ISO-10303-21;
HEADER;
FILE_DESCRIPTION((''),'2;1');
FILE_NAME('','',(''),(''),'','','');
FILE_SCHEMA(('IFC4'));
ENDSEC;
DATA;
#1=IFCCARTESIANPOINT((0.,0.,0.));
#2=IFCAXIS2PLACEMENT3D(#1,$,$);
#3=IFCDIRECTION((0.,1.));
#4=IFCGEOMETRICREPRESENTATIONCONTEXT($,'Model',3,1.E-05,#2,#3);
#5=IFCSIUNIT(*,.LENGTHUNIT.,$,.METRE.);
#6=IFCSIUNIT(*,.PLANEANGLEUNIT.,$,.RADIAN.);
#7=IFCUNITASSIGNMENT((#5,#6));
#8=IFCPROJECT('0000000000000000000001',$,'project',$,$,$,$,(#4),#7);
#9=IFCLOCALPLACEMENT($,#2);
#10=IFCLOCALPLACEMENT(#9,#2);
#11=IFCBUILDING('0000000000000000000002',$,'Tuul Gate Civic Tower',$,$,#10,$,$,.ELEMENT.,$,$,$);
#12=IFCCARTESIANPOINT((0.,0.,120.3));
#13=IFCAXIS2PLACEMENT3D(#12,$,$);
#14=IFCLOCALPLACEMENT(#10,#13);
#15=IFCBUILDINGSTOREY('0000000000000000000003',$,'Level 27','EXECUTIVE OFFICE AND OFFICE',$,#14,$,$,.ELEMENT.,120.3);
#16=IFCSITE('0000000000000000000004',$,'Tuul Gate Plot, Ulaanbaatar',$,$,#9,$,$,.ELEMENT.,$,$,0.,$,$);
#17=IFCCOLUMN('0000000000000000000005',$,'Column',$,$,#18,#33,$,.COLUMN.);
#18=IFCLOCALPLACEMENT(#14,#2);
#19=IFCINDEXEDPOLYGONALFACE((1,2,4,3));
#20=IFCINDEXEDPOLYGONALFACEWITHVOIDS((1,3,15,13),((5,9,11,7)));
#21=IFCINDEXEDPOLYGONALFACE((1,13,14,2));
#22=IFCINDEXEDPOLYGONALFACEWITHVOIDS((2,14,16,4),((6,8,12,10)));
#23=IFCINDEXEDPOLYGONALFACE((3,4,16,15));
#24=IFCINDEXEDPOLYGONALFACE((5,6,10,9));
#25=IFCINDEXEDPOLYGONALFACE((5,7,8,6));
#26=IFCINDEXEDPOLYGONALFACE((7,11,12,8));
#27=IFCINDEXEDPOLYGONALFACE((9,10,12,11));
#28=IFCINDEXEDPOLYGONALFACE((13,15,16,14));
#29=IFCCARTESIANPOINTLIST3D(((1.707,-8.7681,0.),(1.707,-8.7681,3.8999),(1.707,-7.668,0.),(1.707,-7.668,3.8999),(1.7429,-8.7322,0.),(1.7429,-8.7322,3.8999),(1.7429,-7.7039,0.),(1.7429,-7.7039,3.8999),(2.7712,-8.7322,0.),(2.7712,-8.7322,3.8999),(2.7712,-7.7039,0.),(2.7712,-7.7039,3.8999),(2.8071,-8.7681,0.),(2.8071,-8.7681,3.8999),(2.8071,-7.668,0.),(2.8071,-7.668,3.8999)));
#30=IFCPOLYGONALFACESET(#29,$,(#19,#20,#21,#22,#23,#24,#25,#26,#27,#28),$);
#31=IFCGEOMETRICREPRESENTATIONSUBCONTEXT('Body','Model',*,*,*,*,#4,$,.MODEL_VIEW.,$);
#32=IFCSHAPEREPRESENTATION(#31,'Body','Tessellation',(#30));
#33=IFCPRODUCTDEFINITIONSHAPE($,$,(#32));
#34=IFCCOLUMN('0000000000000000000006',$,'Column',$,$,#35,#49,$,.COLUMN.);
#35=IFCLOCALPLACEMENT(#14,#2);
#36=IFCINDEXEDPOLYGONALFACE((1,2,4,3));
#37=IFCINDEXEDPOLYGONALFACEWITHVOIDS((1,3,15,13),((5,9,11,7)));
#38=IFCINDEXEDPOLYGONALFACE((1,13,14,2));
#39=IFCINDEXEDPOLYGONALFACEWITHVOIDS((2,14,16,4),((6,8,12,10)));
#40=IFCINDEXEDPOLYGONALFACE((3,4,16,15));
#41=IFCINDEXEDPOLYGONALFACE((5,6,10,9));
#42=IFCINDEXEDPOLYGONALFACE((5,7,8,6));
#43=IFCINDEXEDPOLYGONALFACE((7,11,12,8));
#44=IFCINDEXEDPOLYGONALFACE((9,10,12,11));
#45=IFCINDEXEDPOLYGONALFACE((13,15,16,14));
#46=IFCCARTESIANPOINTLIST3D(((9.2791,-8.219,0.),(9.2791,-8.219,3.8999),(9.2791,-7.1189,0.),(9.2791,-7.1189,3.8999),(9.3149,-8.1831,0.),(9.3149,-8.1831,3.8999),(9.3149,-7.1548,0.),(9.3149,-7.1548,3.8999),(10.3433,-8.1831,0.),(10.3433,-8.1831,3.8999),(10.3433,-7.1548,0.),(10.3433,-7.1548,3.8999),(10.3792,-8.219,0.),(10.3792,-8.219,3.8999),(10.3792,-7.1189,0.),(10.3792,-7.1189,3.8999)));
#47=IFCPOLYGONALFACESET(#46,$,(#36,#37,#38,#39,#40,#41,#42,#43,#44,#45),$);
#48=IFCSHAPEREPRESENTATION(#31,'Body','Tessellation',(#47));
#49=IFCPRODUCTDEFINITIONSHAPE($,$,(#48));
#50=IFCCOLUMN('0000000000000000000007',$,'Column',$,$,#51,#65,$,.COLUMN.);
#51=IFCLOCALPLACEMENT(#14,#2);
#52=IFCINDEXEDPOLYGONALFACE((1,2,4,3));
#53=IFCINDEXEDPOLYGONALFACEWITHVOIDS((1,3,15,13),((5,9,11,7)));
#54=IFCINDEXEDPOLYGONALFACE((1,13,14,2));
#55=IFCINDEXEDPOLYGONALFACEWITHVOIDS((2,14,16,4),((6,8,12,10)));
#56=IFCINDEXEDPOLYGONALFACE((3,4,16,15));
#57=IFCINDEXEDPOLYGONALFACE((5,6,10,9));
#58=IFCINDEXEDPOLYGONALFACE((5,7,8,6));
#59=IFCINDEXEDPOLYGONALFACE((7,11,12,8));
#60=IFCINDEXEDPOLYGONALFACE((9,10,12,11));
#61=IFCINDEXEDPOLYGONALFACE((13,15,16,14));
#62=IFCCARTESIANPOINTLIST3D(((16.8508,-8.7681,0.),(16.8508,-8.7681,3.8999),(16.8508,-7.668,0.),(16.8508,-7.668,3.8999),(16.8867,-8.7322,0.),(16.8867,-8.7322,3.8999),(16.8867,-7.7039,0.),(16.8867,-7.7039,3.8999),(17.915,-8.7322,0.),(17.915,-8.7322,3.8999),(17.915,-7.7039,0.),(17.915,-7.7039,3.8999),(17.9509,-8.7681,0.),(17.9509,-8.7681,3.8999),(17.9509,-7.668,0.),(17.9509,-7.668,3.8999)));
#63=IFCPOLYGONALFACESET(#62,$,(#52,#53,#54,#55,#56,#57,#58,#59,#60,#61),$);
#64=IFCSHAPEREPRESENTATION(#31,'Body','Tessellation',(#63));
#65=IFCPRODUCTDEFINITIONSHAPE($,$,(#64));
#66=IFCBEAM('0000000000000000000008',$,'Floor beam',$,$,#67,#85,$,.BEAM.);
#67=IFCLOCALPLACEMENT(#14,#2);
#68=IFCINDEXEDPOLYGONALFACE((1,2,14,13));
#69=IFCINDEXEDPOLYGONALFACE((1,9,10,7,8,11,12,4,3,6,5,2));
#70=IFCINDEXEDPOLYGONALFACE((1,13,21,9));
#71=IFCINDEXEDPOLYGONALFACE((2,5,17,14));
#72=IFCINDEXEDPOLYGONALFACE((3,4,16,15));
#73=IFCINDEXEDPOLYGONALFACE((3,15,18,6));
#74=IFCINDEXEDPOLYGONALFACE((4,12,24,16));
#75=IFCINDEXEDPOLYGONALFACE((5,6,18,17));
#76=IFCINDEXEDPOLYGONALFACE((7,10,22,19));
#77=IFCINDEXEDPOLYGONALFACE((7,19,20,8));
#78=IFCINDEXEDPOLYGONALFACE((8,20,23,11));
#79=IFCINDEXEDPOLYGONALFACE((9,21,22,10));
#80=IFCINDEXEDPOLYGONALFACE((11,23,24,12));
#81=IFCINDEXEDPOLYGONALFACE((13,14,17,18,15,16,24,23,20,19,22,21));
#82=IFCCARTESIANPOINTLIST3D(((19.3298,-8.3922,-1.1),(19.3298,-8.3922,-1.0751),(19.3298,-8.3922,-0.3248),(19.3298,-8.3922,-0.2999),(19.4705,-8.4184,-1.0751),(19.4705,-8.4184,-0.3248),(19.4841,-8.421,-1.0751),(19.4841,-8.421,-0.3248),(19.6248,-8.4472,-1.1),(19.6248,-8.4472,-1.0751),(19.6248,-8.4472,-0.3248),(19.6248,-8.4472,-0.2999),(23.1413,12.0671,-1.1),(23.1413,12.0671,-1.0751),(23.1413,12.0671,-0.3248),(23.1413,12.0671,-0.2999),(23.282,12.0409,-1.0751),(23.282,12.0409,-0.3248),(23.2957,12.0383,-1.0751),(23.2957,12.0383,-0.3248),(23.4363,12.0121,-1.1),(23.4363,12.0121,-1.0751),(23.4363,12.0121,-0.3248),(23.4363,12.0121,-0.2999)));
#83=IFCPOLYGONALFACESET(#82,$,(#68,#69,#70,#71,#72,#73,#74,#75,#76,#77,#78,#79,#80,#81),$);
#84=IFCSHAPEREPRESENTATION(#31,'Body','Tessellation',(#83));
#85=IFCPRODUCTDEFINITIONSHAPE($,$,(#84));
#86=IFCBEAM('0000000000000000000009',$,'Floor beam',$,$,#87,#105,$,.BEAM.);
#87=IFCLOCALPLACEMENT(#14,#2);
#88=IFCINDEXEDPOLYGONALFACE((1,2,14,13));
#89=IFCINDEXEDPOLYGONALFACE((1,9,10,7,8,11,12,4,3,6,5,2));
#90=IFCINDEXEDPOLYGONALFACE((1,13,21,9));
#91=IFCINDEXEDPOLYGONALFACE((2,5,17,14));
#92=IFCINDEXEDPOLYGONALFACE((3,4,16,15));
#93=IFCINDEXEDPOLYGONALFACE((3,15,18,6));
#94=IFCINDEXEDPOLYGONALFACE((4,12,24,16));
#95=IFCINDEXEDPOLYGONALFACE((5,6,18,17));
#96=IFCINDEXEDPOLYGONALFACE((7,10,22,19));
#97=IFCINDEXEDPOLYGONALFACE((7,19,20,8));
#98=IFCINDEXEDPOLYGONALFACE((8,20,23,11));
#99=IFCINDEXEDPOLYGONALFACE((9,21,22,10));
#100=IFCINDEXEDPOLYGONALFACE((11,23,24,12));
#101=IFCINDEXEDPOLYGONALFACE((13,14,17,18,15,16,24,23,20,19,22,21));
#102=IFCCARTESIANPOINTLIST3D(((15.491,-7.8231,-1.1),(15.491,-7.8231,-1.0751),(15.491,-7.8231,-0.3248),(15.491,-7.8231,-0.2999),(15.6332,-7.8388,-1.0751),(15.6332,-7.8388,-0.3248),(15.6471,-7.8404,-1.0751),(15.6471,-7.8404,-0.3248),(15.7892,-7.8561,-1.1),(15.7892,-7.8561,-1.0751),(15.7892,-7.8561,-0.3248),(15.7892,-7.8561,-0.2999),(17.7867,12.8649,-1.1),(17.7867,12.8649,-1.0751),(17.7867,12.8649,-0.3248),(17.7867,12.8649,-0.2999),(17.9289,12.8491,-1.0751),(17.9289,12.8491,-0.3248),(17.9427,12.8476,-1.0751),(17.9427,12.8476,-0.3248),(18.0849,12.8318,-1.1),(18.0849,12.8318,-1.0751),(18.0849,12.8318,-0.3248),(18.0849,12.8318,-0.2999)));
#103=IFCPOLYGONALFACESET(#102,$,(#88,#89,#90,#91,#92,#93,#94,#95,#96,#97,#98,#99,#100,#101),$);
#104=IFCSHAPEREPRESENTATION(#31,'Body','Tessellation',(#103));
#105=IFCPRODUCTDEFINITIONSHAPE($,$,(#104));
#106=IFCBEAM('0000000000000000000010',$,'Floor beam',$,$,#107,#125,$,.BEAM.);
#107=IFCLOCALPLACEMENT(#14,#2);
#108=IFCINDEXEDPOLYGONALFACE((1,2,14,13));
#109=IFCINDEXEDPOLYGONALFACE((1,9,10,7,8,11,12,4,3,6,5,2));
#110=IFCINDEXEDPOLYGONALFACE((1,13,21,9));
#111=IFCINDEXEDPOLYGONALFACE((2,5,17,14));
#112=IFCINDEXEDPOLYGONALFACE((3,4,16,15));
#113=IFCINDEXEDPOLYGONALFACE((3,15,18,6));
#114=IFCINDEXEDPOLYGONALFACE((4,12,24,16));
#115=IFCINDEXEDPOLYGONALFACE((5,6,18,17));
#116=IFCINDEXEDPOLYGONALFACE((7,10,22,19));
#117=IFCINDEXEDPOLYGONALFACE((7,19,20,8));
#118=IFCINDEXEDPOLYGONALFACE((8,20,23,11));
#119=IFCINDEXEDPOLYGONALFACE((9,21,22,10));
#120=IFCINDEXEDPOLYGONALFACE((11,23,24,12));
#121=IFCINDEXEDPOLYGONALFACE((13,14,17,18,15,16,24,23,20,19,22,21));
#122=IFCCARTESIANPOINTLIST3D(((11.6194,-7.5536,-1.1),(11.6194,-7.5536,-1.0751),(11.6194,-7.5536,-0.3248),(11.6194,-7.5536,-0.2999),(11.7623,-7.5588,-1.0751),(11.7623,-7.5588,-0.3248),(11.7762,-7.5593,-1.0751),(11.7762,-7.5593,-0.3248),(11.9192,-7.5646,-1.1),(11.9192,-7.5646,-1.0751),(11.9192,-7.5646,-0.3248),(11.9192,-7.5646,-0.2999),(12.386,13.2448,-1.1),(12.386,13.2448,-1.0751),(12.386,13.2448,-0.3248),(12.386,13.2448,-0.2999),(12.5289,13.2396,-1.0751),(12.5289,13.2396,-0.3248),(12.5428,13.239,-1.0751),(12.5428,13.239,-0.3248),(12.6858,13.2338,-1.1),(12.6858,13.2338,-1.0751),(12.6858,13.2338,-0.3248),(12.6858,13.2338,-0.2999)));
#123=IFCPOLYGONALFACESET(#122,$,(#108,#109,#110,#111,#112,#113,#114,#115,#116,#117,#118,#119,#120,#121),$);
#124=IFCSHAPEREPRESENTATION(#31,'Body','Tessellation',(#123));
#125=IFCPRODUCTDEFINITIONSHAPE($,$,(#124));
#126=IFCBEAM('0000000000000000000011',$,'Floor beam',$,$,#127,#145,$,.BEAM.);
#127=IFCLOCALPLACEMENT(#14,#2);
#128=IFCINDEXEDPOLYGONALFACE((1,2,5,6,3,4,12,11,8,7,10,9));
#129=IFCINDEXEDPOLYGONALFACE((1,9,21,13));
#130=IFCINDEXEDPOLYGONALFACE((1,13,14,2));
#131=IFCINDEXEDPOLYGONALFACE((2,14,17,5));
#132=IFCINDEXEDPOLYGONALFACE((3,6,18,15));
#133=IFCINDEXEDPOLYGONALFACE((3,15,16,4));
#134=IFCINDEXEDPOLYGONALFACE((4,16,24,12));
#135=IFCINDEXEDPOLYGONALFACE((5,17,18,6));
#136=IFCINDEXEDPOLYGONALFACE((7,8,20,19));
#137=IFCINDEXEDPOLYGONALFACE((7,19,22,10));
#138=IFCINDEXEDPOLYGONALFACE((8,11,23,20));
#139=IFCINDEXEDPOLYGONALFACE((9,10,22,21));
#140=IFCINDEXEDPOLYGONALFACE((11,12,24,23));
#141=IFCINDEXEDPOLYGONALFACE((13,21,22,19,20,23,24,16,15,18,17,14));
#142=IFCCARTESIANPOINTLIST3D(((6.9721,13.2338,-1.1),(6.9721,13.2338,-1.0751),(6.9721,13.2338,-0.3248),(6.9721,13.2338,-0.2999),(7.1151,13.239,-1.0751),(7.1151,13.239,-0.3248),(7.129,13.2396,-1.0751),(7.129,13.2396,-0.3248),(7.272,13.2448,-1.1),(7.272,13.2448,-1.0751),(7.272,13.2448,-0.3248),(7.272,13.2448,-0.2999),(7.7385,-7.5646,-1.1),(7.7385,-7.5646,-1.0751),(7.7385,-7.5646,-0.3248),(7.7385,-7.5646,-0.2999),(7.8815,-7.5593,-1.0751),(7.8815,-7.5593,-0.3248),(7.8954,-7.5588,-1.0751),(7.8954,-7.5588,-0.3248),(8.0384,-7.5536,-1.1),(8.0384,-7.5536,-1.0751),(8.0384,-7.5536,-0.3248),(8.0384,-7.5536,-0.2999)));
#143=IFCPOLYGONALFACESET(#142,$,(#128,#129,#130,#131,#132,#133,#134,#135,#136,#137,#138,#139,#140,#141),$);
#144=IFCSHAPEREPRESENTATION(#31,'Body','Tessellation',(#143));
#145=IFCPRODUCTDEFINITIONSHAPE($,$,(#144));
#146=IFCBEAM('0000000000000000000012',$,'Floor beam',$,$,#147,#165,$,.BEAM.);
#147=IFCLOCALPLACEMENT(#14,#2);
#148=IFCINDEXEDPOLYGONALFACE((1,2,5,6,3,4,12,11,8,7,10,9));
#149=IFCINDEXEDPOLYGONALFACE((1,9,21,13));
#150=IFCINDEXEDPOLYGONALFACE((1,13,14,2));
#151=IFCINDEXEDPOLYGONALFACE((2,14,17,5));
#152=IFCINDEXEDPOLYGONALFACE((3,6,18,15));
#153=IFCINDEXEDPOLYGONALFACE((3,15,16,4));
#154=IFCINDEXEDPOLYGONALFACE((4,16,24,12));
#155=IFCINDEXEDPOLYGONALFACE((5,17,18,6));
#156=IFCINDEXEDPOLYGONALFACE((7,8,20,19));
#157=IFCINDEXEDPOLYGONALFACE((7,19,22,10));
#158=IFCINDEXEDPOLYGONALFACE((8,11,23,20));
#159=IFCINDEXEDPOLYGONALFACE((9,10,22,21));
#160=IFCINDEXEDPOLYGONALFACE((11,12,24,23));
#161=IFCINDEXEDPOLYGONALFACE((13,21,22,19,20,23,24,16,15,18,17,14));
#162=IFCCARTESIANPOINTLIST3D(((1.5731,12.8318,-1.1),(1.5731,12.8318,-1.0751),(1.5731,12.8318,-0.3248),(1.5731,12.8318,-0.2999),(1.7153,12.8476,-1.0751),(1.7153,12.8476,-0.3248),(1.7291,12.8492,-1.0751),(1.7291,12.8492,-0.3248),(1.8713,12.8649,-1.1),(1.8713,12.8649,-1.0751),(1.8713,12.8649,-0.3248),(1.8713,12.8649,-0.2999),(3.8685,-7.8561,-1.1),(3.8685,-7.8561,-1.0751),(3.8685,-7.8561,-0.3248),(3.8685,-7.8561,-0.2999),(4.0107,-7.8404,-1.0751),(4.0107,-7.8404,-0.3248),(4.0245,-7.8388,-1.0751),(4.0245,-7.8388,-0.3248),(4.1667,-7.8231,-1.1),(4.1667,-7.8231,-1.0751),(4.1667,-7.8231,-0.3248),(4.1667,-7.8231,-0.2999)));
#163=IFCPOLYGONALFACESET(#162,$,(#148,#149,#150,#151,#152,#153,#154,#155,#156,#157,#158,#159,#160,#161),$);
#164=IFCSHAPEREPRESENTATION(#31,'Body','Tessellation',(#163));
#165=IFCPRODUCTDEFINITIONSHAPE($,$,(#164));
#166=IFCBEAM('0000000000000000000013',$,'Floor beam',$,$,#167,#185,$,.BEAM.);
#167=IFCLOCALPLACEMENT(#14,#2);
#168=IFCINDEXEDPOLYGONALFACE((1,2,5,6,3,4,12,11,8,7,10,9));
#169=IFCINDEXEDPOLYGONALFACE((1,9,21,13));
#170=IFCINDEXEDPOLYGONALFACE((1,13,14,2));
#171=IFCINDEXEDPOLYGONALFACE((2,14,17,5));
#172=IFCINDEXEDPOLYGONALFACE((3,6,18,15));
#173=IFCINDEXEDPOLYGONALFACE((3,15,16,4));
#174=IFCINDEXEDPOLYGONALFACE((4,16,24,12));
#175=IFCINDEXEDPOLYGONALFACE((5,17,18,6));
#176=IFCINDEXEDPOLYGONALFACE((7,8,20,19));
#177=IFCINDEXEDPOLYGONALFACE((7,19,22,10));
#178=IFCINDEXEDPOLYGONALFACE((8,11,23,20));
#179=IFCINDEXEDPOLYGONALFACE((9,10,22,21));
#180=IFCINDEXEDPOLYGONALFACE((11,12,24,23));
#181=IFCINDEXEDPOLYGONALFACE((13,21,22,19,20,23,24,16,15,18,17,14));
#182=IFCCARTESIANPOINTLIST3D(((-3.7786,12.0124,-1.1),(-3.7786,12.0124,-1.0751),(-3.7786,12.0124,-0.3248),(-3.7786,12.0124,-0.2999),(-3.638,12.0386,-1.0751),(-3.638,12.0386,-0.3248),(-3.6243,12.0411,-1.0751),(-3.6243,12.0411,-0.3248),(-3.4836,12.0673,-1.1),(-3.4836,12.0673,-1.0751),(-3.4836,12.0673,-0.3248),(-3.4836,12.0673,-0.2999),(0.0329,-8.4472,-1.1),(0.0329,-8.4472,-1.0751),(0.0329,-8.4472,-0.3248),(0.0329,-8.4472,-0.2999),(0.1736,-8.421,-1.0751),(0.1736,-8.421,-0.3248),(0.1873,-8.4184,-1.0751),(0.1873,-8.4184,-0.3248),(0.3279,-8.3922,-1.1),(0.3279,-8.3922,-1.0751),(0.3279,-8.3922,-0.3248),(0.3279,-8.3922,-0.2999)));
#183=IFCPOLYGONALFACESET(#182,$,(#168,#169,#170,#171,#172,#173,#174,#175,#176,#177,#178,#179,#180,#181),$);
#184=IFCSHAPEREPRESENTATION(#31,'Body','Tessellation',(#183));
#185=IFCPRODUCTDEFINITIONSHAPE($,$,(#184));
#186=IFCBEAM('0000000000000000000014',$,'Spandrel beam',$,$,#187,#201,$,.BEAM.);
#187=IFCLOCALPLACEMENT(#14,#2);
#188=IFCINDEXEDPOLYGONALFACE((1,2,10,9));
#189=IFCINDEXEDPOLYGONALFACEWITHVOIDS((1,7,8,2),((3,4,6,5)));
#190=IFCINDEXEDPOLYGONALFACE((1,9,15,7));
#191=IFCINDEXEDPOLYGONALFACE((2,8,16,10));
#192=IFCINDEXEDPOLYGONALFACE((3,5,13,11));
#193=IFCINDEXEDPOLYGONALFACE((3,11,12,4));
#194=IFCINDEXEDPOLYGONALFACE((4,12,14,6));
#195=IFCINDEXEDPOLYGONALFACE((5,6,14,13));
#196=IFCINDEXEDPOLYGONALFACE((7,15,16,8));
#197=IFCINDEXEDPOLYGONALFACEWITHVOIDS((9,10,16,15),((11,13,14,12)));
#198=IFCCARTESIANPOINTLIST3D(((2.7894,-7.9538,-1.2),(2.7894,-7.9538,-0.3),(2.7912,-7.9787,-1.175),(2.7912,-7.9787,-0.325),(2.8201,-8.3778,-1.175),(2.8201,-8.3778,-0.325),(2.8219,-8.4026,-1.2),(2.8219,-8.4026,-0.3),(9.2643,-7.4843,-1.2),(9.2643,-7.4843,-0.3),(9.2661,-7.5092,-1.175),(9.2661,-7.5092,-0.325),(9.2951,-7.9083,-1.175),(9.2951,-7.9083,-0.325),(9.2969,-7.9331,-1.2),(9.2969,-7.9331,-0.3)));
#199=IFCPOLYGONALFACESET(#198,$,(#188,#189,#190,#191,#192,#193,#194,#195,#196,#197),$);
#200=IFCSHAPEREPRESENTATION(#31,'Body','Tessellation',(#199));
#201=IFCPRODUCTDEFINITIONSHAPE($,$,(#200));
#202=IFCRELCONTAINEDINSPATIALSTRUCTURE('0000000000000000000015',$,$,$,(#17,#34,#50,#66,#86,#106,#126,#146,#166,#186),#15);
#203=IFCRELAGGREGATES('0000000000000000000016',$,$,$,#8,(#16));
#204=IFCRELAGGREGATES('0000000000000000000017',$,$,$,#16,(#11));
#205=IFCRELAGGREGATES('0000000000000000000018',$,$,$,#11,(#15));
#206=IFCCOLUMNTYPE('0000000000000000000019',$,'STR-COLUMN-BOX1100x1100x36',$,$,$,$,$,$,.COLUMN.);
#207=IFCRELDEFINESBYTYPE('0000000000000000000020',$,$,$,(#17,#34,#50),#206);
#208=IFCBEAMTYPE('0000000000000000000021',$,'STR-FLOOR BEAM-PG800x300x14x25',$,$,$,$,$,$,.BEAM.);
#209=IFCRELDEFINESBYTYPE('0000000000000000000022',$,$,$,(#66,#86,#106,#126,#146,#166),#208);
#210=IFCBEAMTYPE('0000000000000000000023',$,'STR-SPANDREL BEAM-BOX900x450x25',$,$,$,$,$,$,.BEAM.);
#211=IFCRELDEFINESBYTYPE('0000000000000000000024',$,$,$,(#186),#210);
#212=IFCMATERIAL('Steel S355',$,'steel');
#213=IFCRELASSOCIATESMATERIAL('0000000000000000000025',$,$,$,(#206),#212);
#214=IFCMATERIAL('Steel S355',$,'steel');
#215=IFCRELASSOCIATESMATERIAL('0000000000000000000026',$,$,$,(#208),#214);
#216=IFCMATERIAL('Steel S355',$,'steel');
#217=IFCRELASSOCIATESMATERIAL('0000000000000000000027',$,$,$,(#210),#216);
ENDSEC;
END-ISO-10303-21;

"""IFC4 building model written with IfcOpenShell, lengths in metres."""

from ifc_helpers import new_model, si_unit, direction, frame, origin, origin_2d, place, context, subcontext, project, spatial, hollow_rectangle, i_section, extrude, material, material_profile, profile_set, type_object, element, save


model = new_model("IFC4")

# Units and contexts
model_context = context("Model", 3, precision=1e-05, world=origin(), true_north=direction((0.0, 1.0)))
body_context = subcontext(model_context, "Body", "Model", "MODEL_VIEW")
ifc_project = project(units=[si_unit("LENGTHUNIT", "METRE"), si_unit("PLANEANGLEUNIT", "RADIAN")], contexts=[model_context])

# Site, building, storey
site_placement = place(None, origin())
site = spatial("IfcSite", under=ifc_project, at=site_placement, Name="Tuul Gate Plot, Ulaanbaatar", CompositionType="ELEMENT", RefElevation=0.0)
building_placement = place(site_placement, origin())
building = spatial("IfcBuilding", under=site, at=building_placement, Name="Tuul Gate Civic Tower", CompositionType="ELEMENT")
storey_placement = place(building_placement, frame((0.0, 0.0, 120.3)))
storey = spatial("IfcBuildingStorey", under=building, at=storey_placement, Name="Level 27", Description="EXECUTIVE OFFICE AND OFFICE", CompositionType="ELEMENT", Elevation=120.3)

# Columns
ifc_material_1 = material(Name="Steel S355", Category="steel")
ifc_material_profile_1 = material_profile(ifc_material_1, hollow_rectangle(XDim=1.1001, YDim=1.1001, WallThickness=0.0359, at=origin_2d()), Name="BOX1100x1100x36")
ifc_profile_set_1 = profile_set([ifc_material_profile_1], Name="Steel S355")
column_type = type_object("IfcColumnType", Name="STR-COLUMN-BOX1100x1100x36", PredefinedType="COLUMN", material=ifc_profile_set_1)
for number, where, z_axis, x_axis, name in (
    (1, (2.2571, -8.218, 0.0), (0.0, 0.0, 1.0), (1.0, 0.0, 0.0), "Column"),
    (2, (9.8291, -7.6689, 0.0), (0.0, 0.0, 1.0), (1.0, 0.0, 0.0), "Column"),
    (3, (17.4009, -8.218, 0.0), (0.0, 0.0, 1.0), (1.0, 0.0, 0.0), "Column"),
):
    element("IfcColumn", number, at=place(storey_placement, frame(where, z_axis=z_axis, x_axis=x_axis)), inside=storey, type_object=column_type, Name=name, PredefinedType="COLUMN", context=body_context, shape_type="SweptSolid", body=[
        extrude(hollow_rectangle(XDim=1.1001, YDim=1.1001, WallThickness=0.0359, at=origin_2d()), origin(), (0.0, 0.0, 1.0), 3.8999),
    ])

# Beams
ifc_material_2 = material(Name="Steel S355", Category="steel")
ifc_material_profile_2 = material_profile(ifc_material_2, i_section(OverallWidth=0.3, OverallDepth=0.8, WebThickness=0.0139, FlangeThickness=0.0249, at=origin_2d()), Name="PG800x300x14x25")
ifc_profile_set_2 = profile_set([ifc_material_profile_2], Name="Steel S355")
beam_type_1 = type_object("IfcBeamType", Name="STR-FLOOR BEAM-PG800x300x14x25", PredefinedType="BEAM", material=ifc_profile_set_2)
beam_1_placement = place(storey_placement, frame((19.4773, -8.4197, -0.7), z_axis=(0.183147, 0.983085, 0.0), x_axis=(-0.983085, 0.183147, 0.0)))
element("IfcBeam", 4, at=beam_1_placement, inside=storey, type_object=beam_type_1, Name="Floor beam", PredefinedType="BEAM", context=body_context, shape_type="SweptSolid", body=[
    extrude(i_section(OverallWidth=0.3, OverallDepth=0.8, WebThickness=0.0139, FlangeThickness=0.0249, at=origin_2d()), origin(), (0.0, 0.0, 1.0), 20.8113),
])
beam_2_placement = place(storey_placement, frame((15.6401, -7.8396, -0.7), z_axis=(0.110289, 0.9939, 0.0), x_axis=(-0.9939, 0.110289, 0.0)))
element("IfcBeam", 5, at=beam_2_placement, inside=storey, type_object=beam_type_1, Name="Floor beam", PredefinedType="BEAM", context=body_context, shape_type="SweptSolid", body=[
    extrude(i_section(OverallWidth=0.3, OverallDepth=0.8, WebThickness=0.0139, FlangeThickness=0.0249, at=origin_2d()), origin(), (0.0, 0.0, 1.0), 20.8149),
])
for number, where, z_axis, x_axis, name in (
    (6, (11.7693, -7.5591, -0.7), (0.036834, 0.999321, 0.0), (-0.999321, 0.036834, 0.0), "Floor beam"),
    (7, (7.8884, -7.5591, -0.7), (-0.036822, 0.999322, 0.0), (-0.999322, -0.036822, 0.0), "Floor beam"),
):
    element("IfcBeam", number, at=place(storey_placement, frame(where, z_axis=z_axis, x_axis=x_axis)), inside=storey, type_object=beam_type_1, Name=name, PredefinedType="BEAM", context=body_context, shape_type="SweptSolid", body=[
        extrude(i_section(OverallWidth=0.3, OverallDepth=0.8, WebThickness=0.0139, FlangeThickness=0.0249, at=origin_2d()), origin(), (0.0, 0.0, 1.0), 20.8125),
    ])
beam_3_placement = place(storey_placement, frame((4.0176, -7.8396, -0.7), z_axis=(-0.110277, 0.993901, 0.0), x_axis=(-0.993901, -0.110277, 0.0)))
element("IfcBeam", 8, at=beam_3_placement, inside=storey, type_object=beam_type_1, Name="Floor beam", PredefinedType="BEAM", context=body_context, shape_type="SweptSolid", body=[
    extrude(i_section(OverallWidth=0.3, OverallDepth=0.8, WebThickness=0.0139, FlangeThickness=0.0249, at=origin_2d()), origin(), (0.0, 0.0, 1.0), 20.8149),
])
beam_4_placement = place(storey_placement, frame((0.1804, -8.4197, -0.7), z_axis=(-0.183145, 0.983086, 0.0), x_axis=(-0.983086, -0.183145, 0.0)))
element("IfcBeam", 9, at=beam_4_placement, inside=storey, type_object=beam_type_1, Name="Floor beam", PredefinedType="BEAM", context=body_context, shape_type="SweptSolid", body=[
    extrude(i_section(OverallWidth=0.3, OverallDepth=0.8, WebThickness=0.0139, FlangeThickness=0.0249, at=origin_2d()), origin(), (0.0, 0.0, 1.0), 20.8115),
])
ifc_material_3 = material(Name="Steel S355", Category="steel")
ifc_material_profile_3 = material_profile(ifc_material_3, hollow_rectangle(XDim=0.45, YDim=0.8999, WallThickness=0.0249, at=origin_2d()), Name="BOX900x450x25")
ifc_profile_set_3 = profile_set([ifc_material_profile_3], Name="Steel S355")
beam_type_2 = type_object("IfcBeamType", Name="STR-SPANDREL BEAM-BOX900x450x25", PredefinedType="BEAM", material=ifc_profile_set_3)
beam_5_placement = place(storey_placement, frame((2.8057, -8.1782, -0.75), z_axis=(0.997382, 0.072319, 0.0), x_axis=(-0.072319, 0.997382, 0.0)))
element("IfcBeam", 10, at=beam_5_placement, inside=storey, type_object=beam_type_2, Name="Spandrel beam", PredefinedType="BEAM", context=body_context, shape_type="SweptSolid", body=[
    extrude(hollow_rectangle(XDim=0.45, YDim=0.8999, WallThickness=0.0249, at=origin_2d()), origin(), (0.0, 0.0, 1.0), 6.4919),
])

save(model, "model.ifc")
